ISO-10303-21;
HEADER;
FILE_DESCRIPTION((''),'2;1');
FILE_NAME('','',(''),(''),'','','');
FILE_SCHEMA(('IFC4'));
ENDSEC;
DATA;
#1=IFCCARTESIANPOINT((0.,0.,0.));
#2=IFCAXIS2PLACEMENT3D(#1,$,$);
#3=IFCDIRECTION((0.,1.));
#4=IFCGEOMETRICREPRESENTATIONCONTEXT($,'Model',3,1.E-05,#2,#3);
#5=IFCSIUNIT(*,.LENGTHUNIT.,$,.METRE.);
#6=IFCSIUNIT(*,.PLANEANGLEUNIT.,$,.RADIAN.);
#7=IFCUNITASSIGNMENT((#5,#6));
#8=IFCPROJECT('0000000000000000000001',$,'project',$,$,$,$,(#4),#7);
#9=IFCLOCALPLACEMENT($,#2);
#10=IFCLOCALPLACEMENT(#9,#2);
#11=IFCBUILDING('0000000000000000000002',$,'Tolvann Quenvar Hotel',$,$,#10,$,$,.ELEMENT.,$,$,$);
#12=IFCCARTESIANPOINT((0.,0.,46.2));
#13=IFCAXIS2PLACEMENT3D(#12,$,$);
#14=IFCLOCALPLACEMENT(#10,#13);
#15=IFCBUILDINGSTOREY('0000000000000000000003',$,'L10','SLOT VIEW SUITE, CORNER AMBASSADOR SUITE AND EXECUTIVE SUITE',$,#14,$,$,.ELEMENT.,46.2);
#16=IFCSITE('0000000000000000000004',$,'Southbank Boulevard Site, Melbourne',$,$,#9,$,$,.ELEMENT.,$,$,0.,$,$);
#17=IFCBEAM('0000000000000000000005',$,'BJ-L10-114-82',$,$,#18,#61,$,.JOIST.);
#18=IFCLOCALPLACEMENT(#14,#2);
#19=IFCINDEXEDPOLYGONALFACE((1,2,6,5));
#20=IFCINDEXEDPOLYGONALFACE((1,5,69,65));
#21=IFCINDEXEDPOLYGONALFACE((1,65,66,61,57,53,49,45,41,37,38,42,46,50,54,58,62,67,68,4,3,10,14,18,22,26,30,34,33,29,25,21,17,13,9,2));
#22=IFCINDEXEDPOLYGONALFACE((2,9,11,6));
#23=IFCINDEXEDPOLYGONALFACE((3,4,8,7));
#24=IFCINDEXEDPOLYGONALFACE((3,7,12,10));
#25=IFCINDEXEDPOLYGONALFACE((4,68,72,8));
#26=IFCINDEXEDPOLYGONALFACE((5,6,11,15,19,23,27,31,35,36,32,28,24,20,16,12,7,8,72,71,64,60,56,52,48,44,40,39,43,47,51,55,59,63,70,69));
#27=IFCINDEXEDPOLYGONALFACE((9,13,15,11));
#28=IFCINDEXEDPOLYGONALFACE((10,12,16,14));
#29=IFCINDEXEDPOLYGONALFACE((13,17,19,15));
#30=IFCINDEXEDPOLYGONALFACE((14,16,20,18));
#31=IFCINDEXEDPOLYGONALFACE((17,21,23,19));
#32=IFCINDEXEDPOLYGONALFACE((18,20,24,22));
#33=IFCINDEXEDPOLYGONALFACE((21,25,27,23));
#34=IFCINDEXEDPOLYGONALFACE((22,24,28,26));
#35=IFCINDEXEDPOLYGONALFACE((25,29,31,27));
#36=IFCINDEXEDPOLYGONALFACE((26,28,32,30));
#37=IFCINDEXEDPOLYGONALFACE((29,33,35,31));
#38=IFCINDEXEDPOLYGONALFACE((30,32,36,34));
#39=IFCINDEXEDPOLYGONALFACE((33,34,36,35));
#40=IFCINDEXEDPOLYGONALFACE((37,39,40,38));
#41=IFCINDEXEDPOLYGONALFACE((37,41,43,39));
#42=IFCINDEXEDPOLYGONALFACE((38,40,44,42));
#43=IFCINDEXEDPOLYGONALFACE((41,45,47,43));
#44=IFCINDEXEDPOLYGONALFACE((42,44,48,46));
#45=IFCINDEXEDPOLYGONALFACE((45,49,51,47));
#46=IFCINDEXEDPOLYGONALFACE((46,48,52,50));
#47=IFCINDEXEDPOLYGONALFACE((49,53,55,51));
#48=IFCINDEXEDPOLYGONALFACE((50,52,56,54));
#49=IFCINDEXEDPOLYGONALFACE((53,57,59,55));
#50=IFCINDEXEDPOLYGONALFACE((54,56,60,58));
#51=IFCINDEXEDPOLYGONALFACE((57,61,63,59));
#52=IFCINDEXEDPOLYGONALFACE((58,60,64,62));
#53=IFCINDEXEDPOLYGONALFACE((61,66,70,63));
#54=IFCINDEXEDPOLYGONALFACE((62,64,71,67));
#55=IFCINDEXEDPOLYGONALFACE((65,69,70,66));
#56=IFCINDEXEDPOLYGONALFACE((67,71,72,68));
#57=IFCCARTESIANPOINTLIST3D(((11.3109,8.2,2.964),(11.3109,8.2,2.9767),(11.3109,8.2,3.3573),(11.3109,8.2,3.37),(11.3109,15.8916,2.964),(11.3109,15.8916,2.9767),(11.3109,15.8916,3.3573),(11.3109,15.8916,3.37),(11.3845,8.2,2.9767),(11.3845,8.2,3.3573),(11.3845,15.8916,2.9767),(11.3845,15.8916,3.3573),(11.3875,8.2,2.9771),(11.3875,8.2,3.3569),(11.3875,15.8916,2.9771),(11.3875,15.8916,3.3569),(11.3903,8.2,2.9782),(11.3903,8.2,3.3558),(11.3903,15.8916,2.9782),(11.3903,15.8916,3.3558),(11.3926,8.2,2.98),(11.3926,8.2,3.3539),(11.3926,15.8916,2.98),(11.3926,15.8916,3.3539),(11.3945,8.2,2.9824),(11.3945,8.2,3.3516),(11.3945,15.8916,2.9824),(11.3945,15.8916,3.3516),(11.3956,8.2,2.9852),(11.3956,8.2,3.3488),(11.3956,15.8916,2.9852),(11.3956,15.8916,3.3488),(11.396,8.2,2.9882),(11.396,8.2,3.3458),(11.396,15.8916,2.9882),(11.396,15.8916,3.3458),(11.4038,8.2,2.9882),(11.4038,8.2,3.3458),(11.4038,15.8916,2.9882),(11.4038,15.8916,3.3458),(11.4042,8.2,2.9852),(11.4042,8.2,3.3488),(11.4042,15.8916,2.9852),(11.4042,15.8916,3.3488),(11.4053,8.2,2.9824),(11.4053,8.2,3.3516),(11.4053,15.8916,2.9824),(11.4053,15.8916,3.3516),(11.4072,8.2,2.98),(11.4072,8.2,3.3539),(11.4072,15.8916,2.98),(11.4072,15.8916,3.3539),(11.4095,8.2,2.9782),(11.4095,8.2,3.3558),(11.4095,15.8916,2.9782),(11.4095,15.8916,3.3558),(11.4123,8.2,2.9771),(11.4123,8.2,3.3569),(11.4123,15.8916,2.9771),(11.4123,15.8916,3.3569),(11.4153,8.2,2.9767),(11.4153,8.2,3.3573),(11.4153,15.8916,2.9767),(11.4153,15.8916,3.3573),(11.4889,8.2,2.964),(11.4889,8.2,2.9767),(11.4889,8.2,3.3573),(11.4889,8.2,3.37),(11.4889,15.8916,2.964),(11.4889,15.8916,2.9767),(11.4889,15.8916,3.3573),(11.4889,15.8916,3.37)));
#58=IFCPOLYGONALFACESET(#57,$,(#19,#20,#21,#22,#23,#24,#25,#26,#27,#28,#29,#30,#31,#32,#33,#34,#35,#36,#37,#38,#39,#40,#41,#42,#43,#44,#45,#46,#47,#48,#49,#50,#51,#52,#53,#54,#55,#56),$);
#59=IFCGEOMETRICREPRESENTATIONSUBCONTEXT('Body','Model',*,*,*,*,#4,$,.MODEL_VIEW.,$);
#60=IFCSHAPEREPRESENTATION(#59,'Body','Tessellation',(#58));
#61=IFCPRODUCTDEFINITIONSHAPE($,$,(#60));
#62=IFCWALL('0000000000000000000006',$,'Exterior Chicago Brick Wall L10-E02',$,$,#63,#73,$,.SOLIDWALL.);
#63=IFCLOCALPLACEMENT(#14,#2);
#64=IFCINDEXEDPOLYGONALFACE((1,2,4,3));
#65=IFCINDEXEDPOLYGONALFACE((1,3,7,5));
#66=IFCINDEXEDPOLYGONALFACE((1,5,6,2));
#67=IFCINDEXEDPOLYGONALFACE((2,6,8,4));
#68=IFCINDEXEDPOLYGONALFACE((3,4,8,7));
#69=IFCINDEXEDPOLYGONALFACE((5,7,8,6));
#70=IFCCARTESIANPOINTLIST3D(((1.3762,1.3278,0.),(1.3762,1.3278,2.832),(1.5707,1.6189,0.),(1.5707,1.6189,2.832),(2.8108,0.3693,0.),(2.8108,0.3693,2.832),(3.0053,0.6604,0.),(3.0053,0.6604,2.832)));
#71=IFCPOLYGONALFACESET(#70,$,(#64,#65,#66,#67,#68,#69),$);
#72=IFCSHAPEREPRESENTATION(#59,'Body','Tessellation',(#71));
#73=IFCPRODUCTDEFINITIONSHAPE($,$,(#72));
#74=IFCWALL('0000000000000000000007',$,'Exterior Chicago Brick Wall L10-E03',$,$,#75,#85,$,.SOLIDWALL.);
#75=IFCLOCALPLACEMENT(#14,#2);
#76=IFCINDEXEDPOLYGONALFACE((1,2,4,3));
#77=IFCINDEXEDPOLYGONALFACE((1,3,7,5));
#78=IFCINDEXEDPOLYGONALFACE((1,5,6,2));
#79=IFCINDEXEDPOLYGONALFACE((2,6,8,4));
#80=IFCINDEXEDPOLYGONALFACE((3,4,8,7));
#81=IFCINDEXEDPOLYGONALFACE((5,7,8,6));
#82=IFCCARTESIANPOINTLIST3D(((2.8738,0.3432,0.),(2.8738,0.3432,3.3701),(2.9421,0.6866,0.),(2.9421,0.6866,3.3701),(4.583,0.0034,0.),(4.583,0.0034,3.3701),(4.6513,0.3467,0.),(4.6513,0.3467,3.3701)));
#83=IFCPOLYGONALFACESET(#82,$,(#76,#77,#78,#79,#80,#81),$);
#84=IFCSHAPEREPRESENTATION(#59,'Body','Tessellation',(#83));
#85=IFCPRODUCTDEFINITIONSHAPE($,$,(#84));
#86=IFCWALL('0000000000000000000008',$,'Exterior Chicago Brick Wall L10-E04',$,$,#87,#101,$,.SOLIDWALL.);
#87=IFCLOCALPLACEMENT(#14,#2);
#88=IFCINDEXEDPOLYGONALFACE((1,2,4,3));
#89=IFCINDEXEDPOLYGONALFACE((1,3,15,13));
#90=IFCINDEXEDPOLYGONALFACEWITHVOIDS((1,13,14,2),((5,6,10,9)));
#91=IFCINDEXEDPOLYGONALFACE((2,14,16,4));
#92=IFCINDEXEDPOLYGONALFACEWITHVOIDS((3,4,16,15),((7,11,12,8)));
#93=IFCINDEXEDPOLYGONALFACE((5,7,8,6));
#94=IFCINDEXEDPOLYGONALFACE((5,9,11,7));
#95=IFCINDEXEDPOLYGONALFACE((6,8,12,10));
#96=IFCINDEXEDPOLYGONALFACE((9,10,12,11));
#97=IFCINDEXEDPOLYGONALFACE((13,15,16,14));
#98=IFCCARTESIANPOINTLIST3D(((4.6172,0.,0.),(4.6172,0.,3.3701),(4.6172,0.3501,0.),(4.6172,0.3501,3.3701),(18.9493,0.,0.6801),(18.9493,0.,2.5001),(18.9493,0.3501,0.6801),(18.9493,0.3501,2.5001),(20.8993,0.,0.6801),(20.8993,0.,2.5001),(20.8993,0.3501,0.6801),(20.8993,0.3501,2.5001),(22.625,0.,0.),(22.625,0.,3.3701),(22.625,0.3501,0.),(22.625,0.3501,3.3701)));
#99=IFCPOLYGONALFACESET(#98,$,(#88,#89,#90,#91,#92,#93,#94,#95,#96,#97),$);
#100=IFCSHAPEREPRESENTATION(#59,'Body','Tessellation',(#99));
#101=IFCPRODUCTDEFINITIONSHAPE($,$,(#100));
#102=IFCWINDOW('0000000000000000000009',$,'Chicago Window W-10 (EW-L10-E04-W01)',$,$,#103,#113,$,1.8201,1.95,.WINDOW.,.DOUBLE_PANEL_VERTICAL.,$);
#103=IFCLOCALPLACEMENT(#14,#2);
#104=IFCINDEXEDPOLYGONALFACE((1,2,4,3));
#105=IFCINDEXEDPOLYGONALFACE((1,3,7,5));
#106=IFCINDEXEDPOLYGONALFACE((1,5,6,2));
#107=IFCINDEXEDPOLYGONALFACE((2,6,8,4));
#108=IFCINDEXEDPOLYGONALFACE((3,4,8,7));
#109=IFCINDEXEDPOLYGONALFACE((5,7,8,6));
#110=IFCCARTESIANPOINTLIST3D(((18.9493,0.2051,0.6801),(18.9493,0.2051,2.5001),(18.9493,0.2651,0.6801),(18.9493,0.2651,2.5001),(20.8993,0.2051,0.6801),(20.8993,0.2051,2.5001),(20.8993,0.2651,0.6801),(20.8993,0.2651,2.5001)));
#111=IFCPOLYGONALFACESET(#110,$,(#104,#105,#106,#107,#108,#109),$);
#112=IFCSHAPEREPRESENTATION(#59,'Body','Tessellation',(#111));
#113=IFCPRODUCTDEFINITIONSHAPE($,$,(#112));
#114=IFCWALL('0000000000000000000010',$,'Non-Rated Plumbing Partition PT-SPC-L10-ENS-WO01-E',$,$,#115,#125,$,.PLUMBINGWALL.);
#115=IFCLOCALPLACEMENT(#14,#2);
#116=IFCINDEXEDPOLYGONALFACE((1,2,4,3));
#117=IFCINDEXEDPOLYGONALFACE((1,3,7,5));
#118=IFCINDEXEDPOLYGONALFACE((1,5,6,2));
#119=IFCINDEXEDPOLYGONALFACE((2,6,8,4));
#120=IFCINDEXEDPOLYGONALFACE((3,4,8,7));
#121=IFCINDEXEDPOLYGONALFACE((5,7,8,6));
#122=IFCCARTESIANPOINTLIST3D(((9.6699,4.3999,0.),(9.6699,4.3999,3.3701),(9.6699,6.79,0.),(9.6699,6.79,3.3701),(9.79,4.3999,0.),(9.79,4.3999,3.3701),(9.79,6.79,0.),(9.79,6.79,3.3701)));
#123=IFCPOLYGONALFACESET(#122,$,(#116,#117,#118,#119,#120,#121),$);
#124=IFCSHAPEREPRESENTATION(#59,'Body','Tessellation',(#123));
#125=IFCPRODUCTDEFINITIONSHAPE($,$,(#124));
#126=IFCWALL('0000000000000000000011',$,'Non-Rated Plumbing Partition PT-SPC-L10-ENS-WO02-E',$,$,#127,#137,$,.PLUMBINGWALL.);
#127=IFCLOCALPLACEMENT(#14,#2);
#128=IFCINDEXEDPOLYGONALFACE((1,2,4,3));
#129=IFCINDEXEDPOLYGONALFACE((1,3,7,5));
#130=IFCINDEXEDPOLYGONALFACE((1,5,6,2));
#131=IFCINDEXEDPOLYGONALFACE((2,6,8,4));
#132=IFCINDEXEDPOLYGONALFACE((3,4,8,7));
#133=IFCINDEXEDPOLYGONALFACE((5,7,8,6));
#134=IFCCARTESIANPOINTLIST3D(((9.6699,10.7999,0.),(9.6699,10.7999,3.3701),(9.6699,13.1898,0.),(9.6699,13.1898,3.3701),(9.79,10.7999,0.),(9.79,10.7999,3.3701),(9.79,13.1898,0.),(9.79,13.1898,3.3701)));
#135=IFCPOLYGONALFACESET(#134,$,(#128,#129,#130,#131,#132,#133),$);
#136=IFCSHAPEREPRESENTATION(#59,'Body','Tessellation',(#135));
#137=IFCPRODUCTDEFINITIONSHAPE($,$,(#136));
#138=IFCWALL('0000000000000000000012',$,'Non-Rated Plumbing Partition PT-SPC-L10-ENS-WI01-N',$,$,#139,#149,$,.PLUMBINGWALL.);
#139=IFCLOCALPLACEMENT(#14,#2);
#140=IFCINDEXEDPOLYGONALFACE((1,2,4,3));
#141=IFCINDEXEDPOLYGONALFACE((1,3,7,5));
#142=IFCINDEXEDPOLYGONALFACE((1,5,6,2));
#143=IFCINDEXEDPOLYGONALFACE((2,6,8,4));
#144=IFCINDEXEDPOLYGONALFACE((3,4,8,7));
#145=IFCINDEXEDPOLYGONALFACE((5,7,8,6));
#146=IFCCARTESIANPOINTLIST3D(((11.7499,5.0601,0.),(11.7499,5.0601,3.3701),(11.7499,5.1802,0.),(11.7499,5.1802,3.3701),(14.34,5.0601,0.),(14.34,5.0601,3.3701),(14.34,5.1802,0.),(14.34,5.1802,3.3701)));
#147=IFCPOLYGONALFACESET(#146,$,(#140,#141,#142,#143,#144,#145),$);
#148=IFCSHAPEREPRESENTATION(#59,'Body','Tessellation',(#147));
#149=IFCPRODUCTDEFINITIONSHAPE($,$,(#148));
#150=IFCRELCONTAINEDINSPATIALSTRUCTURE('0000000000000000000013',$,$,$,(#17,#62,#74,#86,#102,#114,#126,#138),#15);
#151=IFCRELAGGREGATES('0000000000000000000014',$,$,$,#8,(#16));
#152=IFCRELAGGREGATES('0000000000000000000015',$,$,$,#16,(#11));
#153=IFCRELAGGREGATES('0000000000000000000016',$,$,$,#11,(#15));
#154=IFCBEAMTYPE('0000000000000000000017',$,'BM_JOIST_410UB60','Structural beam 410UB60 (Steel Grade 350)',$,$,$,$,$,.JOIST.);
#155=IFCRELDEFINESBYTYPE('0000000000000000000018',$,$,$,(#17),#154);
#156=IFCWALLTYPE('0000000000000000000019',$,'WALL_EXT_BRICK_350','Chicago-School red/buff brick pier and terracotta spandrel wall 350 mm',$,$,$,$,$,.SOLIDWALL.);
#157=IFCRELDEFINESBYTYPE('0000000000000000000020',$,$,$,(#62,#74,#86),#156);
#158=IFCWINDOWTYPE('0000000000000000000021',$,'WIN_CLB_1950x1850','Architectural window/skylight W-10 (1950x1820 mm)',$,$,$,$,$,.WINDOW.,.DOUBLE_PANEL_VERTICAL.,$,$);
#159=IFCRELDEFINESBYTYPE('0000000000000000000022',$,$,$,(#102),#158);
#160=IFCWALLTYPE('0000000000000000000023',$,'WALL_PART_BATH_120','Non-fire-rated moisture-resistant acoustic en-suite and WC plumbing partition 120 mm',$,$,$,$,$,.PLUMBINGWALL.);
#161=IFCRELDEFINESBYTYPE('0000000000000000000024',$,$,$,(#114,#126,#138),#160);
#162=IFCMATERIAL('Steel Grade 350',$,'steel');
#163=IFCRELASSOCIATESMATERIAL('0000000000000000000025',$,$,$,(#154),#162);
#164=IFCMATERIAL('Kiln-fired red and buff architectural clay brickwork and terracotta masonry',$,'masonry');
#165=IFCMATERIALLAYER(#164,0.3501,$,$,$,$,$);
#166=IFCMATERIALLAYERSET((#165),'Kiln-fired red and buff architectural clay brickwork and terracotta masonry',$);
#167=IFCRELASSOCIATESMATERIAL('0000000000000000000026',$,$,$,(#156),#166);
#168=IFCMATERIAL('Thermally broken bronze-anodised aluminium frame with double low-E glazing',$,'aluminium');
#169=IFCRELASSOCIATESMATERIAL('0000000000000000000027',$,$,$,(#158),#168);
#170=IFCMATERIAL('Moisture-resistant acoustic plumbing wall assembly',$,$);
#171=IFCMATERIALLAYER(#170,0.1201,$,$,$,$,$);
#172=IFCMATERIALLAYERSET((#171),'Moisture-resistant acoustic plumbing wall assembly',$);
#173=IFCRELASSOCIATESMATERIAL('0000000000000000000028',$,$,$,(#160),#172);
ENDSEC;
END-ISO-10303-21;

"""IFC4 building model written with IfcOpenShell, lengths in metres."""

from ifc_helpers import new_model, si_unit, direction, frame, frame_2d, origin, origin_2d, place, context, subcontext, project, spatial, rectangle, i_section, extrude, source, transform, mapped, material, layer, layer_set, material_profile, profile_set, type_object, type_shapes, element, fill, save


model = new_model("IFC4")

# Units and contexts
model_context = context("Model", 3, precision=1e-05, world=origin(), true_north=direction((0.0, 1.0)))
body_context = subcontext(model_context, "Body", "Model", "MODEL_VIEW")
ifc_project = project(units=[si_unit("LENGTHUNIT", "METRE"), si_unit("PLANEANGLEUNIT", "RADIAN")], contexts=[model_context])

# Site, building, storey
site_placement = place(None, origin())
site = spatial("IfcSite", under=ifc_project, at=site_placement, Name="Southbank Boulevard Site, Melbourne", CompositionType="ELEMENT", RefElevation=0.0)
building_placement = place(site_placement, origin())
building = spatial("IfcBuilding", under=site, at=building_placement, Name="Tolvann Quenvar Hotel", CompositionType="ELEMENT")
storey_placement = place(building_placement, frame((0.0, 0.0, 46.2)))
storey = spatial("IfcBuildingStorey", under=building, at=storey_placement, Name="L10", Description="SLOT VIEW SUITE, CORNER AMBASSADOR SUITE AND EXECUTIVE SUITE", CompositionType="ELEMENT", Elevation=46.2)

# Shared definitions
ifc_material_1 = material(Name="Steel Grade 350", Category="steel")

# Beam
ifc_material_profile_1 = material_profile(ifc_material_1, i_section(OverallWidth=0.178, OverallDepth=0.406, WebThickness=0.0078, FlangeThickness=0.0127, FilletRadius=0.0115, at=origin_2d()), Name="410UB60")
ifc_profile_set_1 = profile_set([ifc_material_profile_1], Name="Steel Grade 350")
beam_type_1 = type_object("IfcBeamType", Name="BM_JOIST_410UB60", Description="Structural beam 410UB60 (Steel Grade 350)", PredefinedType="JOIST", material=ifc_profile_set_1)
shared_shape_1 = source(origin(), body_context, "Body", "SweptSolid", [
    extrude(i_section(OverallWidth=0.178, OverallDepth=0.406, WebThickness=0.0078, FlangeThickness=0.0127, FilletRadius=0.0115, at=origin_2d()), origin(), (0.0, 0.0, 1.0), 7.6917),
])
type_shapes(beam_type_1, [shared_shape_1])
beam_1_placement = place(storey_placement, frame((11.3999, 8.2, 3.167), z_axis=(0.0, 1.0, 0.0), x_axis=(-1.0, 0.0, 0.0)))
element("IfcBeam", 1, at=beam_1_placement, inside=storey, type_object=beam_type_1, Name="BJ-L10-114-82", PredefinedType="JOIST", context=body_context, shape_type="MappedRepresentation", body=[
    mapped(shared_shape_1, transform((0.0, 0.0, 0.0), x_axis=(1.0, 0.0, 0.0), y_axis=(0.0, 1.0, 0.0), z_axis=(0.0, 0.0, 1.0), scale=1.0)),
])

# Walls
ifc_material_2 = material(Name="Kiln-fired red and buff architectural clay brickwork and terracotta masonry", Category="masonry")
ifc_layer_1 = layer(ifc_material_2, 0.3501)
ifc_layer_set_1 = layer_set([ifc_layer_1], Name="Kiln-fired red and buff architectural clay brickwork and terracotta masonry")
wall_type_1 = type_object("IfcWallType", Name="WALL_EXT_BRICK_350", Description="Chicago-School red/buff brick pier and terracotta spandrel wall 350 mm", PredefinedType="SOLIDWALL", material=ifc_layer_set_1)
wall_1_placement = place(storey_placement, frame((1.4734, 1.4734, 0.0), z_axis=(0.0, 0.0, 1.0), x_axis=(0.831484, -0.555549, 0.0)))
element("IfcWall", 2, at=wall_1_placement, inside=storey, type_object=wall_type_1, Name="Exterior Chicago Brick Wall L10-E02", PredefinedType="SOLIDWALL", context=body_context, shape_type="SweptSolid", body=[
    extrude(rectangle(XDim=1.7253, YDim=0.3501, at=frame_2d((0.8628, 0.0))), origin(), (0.0, 0.0, 1.0), 2.832),
])
wall_2_placement = place(storey_placement, frame((2.908, 0.5149, 0.0), z_axis=(0.0, 0.0, 1.0), x_axis=(0.980801, -0.195011, 0.0)))
element("IfcWall", 3, at=wall_2_placement, inside=storey, type_object=wall_type_1, Name="Exterior Chicago Brick Wall L10-E03", PredefinedType="SOLIDWALL", context=body_context, shape_type="SweptSolid", body=[
    extrude(rectangle(XDim=1.7427, YDim=0.3501, at=frame_2d((0.8713, 0.0))), origin(), (0.0, 0.0, 1.0), 3.3701),
])

# Wall, opening, window
wall_3_placement = place(storey_placement, frame((4.6172, 0.175, 0.0), z_axis=(0.0, 0.0, 1.0), x_axis=(1.0, 0.0, 0.0)))
wall_3 = element("IfcWall", 4, at=wall_3_placement, inside=storey, type_object=wall_type_1, Name="Exterior Chicago Brick Wall L10-E04", PredefinedType="SOLIDWALL", context=body_context, shape_type="SweptSolid", body=[
    extrude(rectangle(XDim=18.0078, YDim=0.3501, at=frame_2d((9.0039, 0.0))), origin(), (0.0, 0.0, 1.0), 3.3701),
])
opening_1_placement = place(wall_3_placement, frame((14.332, 0.0, 0.6799)))
opening_1 = element("IfcOpeningElement", 5, at=opening_1_placement, cuts=wall_3, PredefinedType="OPENING", context=body_context, shape_type="SweptSolid", body=[
    extrude(rectangle(XDim=1.95, YDim=1.8201, at=frame_2d((0.9751, 0.9102))), frame((0.0, 0.1851, 0.0), z_axis=(0.0, -1.0, 0.0), x_axis=(1.0, 0.0, 0.0)), (0.0, 0.0, 1.0), 0.3701),
])
ifc_material_3 = material(Name="Thermally broken bronze-anodised aluminium frame with double low-E glazing", Category="aluminium")
window_type = type_object("IfcWindowType", Name="WIN_CLB_1950x1850", Description="Architectural window/skylight W-10 (1950x1820 mm)", PartitioningType="DOUBLE_PANEL_VERTICAL", PredefinedType="WINDOW", material=ifc_material_3)
shared_shape_2 = source(origin(), body_context, "Body", "SweptSolid", [
    extrude(rectangle(XDim=1.95, YDim=1.8201, at=frame_2d((0.9751, 0.9102))), frame((0.0, 0.0901, 0.0), z_axis=(0.0, -1.0, 0.0), x_axis=(1.0, 0.0, 0.0)), (0.0, 0.0, 1.0), 0.0601),
])
type_shapes(window_type, [shared_shape_2])
window_placement = place(opening_1_placement, origin())
window = element("IfcWindow", 6, at=window_placement, inside=storey, type_object=window_type, Name="Chicago Window W-10 (EW-L10-E04-W01)", OverallHeight=1.8201, OverallWidth=1.95, PartitioningType="DOUBLE_PANEL_VERTICAL", PredefinedType="WINDOW", context=body_context, shape_type="MappedRepresentation", body=[
    mapped(shared_shape_2, transform((0.0, 0.0, 0.0), x_axis=(1.0, 0.0, 0.0), y_axis=(0.0, 1.0, 0.0), z_axis=(0.0, 0.0, 1.0), scale=1.0)),
])
fill(opening_1, window)

# Walls
ifc_material_4 = material(Name="Moisture-resistant acoustic plumbing wall assembly")
ifc_layer_2 = layer(ifc_material_4, 0.1201)
ifc_layer_set_2 = layer_set([ifc_layer_2], Name="Moisture-resistant acoustic plumbing wall assembly")
wall_type_2 = type_object("IfcWallType", Name="WALL_PART_BATH_120", Description="Non-fire-rated moisture-resistant acoustic en-suite and WC plumbing partition 120 mm", PredefinedType="PLUMBINGWALL", material=ifc_layer_set_2)
wall_4_placement = place(storey_placement, frame((9.73, 4.3999, 0.0), z_axis=(0.0, 0.0, 1.0), x_axis=(0.0, 1.0, 0.0)))
element("IfcWall", 7, at=wall_4_placement, inside=storey, type_object=wall_type_2, Name="Non-Rated Plumbing Partition PT-SPC-L10-ENS-WO01-E", PredefinedType="PLUMBINGWALL", context=body_context, shape_type="SweptSolid", body=[
    extrude(rectangle(XDim=2.3901, YDim=0.1201, at=frame_2d((1.1951, 0.0))), origin(), (0.0, 0.0, 1.0), 3.3701),
])
wall_5_placement = place(storey_placement, frame((9.73, 10.8, 0.0), z_axis=(0.0, 0.0, 1.0), x_axis=(0.0, 1.0, 0.0)))
element("IfcWall", 8, at=wall_5_placement, inside=storey, type_object=wall_type_2, Name="Non-Rated Plumbing Partition PT-SPC-L10-ENS-WO02-E", PredefinedType="PLUMBINGWALL", context=body_context, shape_type="SweptSolid", body=[
    extrude(rectangle(XDim=2.3899, YDim=0.1201, at=frame_2d((1.1948, 0.0))), origin(), (0.0, 0.0, 1.0), 3.3701),
])
wall_6_placement = place(storey_placement, frame((11.75, 5.1201, 0.0), z_axis=(0.0, 0.0, 1.0), x_axis=(1.0, 0.0, 0.0)))
element("IfcWall", 9, at=wall_6_placement, inside=storey, type_object=wall_type_2, Name="Non-Rated Plumbing Partition PT-SPC-L10-ENS-WI01-N", PredefinedType="PLUMBINGWALL", context=body_context, shape_type="SweptSolid", body=[
    extrude(rectangle(XDim=2.5901, YDim=0.1201, at=frame_2d((1.2949, 0.0))), origin(), (0.0, 0.0, 1.0), 3.3701),
])

save(model, "model.ifc")
